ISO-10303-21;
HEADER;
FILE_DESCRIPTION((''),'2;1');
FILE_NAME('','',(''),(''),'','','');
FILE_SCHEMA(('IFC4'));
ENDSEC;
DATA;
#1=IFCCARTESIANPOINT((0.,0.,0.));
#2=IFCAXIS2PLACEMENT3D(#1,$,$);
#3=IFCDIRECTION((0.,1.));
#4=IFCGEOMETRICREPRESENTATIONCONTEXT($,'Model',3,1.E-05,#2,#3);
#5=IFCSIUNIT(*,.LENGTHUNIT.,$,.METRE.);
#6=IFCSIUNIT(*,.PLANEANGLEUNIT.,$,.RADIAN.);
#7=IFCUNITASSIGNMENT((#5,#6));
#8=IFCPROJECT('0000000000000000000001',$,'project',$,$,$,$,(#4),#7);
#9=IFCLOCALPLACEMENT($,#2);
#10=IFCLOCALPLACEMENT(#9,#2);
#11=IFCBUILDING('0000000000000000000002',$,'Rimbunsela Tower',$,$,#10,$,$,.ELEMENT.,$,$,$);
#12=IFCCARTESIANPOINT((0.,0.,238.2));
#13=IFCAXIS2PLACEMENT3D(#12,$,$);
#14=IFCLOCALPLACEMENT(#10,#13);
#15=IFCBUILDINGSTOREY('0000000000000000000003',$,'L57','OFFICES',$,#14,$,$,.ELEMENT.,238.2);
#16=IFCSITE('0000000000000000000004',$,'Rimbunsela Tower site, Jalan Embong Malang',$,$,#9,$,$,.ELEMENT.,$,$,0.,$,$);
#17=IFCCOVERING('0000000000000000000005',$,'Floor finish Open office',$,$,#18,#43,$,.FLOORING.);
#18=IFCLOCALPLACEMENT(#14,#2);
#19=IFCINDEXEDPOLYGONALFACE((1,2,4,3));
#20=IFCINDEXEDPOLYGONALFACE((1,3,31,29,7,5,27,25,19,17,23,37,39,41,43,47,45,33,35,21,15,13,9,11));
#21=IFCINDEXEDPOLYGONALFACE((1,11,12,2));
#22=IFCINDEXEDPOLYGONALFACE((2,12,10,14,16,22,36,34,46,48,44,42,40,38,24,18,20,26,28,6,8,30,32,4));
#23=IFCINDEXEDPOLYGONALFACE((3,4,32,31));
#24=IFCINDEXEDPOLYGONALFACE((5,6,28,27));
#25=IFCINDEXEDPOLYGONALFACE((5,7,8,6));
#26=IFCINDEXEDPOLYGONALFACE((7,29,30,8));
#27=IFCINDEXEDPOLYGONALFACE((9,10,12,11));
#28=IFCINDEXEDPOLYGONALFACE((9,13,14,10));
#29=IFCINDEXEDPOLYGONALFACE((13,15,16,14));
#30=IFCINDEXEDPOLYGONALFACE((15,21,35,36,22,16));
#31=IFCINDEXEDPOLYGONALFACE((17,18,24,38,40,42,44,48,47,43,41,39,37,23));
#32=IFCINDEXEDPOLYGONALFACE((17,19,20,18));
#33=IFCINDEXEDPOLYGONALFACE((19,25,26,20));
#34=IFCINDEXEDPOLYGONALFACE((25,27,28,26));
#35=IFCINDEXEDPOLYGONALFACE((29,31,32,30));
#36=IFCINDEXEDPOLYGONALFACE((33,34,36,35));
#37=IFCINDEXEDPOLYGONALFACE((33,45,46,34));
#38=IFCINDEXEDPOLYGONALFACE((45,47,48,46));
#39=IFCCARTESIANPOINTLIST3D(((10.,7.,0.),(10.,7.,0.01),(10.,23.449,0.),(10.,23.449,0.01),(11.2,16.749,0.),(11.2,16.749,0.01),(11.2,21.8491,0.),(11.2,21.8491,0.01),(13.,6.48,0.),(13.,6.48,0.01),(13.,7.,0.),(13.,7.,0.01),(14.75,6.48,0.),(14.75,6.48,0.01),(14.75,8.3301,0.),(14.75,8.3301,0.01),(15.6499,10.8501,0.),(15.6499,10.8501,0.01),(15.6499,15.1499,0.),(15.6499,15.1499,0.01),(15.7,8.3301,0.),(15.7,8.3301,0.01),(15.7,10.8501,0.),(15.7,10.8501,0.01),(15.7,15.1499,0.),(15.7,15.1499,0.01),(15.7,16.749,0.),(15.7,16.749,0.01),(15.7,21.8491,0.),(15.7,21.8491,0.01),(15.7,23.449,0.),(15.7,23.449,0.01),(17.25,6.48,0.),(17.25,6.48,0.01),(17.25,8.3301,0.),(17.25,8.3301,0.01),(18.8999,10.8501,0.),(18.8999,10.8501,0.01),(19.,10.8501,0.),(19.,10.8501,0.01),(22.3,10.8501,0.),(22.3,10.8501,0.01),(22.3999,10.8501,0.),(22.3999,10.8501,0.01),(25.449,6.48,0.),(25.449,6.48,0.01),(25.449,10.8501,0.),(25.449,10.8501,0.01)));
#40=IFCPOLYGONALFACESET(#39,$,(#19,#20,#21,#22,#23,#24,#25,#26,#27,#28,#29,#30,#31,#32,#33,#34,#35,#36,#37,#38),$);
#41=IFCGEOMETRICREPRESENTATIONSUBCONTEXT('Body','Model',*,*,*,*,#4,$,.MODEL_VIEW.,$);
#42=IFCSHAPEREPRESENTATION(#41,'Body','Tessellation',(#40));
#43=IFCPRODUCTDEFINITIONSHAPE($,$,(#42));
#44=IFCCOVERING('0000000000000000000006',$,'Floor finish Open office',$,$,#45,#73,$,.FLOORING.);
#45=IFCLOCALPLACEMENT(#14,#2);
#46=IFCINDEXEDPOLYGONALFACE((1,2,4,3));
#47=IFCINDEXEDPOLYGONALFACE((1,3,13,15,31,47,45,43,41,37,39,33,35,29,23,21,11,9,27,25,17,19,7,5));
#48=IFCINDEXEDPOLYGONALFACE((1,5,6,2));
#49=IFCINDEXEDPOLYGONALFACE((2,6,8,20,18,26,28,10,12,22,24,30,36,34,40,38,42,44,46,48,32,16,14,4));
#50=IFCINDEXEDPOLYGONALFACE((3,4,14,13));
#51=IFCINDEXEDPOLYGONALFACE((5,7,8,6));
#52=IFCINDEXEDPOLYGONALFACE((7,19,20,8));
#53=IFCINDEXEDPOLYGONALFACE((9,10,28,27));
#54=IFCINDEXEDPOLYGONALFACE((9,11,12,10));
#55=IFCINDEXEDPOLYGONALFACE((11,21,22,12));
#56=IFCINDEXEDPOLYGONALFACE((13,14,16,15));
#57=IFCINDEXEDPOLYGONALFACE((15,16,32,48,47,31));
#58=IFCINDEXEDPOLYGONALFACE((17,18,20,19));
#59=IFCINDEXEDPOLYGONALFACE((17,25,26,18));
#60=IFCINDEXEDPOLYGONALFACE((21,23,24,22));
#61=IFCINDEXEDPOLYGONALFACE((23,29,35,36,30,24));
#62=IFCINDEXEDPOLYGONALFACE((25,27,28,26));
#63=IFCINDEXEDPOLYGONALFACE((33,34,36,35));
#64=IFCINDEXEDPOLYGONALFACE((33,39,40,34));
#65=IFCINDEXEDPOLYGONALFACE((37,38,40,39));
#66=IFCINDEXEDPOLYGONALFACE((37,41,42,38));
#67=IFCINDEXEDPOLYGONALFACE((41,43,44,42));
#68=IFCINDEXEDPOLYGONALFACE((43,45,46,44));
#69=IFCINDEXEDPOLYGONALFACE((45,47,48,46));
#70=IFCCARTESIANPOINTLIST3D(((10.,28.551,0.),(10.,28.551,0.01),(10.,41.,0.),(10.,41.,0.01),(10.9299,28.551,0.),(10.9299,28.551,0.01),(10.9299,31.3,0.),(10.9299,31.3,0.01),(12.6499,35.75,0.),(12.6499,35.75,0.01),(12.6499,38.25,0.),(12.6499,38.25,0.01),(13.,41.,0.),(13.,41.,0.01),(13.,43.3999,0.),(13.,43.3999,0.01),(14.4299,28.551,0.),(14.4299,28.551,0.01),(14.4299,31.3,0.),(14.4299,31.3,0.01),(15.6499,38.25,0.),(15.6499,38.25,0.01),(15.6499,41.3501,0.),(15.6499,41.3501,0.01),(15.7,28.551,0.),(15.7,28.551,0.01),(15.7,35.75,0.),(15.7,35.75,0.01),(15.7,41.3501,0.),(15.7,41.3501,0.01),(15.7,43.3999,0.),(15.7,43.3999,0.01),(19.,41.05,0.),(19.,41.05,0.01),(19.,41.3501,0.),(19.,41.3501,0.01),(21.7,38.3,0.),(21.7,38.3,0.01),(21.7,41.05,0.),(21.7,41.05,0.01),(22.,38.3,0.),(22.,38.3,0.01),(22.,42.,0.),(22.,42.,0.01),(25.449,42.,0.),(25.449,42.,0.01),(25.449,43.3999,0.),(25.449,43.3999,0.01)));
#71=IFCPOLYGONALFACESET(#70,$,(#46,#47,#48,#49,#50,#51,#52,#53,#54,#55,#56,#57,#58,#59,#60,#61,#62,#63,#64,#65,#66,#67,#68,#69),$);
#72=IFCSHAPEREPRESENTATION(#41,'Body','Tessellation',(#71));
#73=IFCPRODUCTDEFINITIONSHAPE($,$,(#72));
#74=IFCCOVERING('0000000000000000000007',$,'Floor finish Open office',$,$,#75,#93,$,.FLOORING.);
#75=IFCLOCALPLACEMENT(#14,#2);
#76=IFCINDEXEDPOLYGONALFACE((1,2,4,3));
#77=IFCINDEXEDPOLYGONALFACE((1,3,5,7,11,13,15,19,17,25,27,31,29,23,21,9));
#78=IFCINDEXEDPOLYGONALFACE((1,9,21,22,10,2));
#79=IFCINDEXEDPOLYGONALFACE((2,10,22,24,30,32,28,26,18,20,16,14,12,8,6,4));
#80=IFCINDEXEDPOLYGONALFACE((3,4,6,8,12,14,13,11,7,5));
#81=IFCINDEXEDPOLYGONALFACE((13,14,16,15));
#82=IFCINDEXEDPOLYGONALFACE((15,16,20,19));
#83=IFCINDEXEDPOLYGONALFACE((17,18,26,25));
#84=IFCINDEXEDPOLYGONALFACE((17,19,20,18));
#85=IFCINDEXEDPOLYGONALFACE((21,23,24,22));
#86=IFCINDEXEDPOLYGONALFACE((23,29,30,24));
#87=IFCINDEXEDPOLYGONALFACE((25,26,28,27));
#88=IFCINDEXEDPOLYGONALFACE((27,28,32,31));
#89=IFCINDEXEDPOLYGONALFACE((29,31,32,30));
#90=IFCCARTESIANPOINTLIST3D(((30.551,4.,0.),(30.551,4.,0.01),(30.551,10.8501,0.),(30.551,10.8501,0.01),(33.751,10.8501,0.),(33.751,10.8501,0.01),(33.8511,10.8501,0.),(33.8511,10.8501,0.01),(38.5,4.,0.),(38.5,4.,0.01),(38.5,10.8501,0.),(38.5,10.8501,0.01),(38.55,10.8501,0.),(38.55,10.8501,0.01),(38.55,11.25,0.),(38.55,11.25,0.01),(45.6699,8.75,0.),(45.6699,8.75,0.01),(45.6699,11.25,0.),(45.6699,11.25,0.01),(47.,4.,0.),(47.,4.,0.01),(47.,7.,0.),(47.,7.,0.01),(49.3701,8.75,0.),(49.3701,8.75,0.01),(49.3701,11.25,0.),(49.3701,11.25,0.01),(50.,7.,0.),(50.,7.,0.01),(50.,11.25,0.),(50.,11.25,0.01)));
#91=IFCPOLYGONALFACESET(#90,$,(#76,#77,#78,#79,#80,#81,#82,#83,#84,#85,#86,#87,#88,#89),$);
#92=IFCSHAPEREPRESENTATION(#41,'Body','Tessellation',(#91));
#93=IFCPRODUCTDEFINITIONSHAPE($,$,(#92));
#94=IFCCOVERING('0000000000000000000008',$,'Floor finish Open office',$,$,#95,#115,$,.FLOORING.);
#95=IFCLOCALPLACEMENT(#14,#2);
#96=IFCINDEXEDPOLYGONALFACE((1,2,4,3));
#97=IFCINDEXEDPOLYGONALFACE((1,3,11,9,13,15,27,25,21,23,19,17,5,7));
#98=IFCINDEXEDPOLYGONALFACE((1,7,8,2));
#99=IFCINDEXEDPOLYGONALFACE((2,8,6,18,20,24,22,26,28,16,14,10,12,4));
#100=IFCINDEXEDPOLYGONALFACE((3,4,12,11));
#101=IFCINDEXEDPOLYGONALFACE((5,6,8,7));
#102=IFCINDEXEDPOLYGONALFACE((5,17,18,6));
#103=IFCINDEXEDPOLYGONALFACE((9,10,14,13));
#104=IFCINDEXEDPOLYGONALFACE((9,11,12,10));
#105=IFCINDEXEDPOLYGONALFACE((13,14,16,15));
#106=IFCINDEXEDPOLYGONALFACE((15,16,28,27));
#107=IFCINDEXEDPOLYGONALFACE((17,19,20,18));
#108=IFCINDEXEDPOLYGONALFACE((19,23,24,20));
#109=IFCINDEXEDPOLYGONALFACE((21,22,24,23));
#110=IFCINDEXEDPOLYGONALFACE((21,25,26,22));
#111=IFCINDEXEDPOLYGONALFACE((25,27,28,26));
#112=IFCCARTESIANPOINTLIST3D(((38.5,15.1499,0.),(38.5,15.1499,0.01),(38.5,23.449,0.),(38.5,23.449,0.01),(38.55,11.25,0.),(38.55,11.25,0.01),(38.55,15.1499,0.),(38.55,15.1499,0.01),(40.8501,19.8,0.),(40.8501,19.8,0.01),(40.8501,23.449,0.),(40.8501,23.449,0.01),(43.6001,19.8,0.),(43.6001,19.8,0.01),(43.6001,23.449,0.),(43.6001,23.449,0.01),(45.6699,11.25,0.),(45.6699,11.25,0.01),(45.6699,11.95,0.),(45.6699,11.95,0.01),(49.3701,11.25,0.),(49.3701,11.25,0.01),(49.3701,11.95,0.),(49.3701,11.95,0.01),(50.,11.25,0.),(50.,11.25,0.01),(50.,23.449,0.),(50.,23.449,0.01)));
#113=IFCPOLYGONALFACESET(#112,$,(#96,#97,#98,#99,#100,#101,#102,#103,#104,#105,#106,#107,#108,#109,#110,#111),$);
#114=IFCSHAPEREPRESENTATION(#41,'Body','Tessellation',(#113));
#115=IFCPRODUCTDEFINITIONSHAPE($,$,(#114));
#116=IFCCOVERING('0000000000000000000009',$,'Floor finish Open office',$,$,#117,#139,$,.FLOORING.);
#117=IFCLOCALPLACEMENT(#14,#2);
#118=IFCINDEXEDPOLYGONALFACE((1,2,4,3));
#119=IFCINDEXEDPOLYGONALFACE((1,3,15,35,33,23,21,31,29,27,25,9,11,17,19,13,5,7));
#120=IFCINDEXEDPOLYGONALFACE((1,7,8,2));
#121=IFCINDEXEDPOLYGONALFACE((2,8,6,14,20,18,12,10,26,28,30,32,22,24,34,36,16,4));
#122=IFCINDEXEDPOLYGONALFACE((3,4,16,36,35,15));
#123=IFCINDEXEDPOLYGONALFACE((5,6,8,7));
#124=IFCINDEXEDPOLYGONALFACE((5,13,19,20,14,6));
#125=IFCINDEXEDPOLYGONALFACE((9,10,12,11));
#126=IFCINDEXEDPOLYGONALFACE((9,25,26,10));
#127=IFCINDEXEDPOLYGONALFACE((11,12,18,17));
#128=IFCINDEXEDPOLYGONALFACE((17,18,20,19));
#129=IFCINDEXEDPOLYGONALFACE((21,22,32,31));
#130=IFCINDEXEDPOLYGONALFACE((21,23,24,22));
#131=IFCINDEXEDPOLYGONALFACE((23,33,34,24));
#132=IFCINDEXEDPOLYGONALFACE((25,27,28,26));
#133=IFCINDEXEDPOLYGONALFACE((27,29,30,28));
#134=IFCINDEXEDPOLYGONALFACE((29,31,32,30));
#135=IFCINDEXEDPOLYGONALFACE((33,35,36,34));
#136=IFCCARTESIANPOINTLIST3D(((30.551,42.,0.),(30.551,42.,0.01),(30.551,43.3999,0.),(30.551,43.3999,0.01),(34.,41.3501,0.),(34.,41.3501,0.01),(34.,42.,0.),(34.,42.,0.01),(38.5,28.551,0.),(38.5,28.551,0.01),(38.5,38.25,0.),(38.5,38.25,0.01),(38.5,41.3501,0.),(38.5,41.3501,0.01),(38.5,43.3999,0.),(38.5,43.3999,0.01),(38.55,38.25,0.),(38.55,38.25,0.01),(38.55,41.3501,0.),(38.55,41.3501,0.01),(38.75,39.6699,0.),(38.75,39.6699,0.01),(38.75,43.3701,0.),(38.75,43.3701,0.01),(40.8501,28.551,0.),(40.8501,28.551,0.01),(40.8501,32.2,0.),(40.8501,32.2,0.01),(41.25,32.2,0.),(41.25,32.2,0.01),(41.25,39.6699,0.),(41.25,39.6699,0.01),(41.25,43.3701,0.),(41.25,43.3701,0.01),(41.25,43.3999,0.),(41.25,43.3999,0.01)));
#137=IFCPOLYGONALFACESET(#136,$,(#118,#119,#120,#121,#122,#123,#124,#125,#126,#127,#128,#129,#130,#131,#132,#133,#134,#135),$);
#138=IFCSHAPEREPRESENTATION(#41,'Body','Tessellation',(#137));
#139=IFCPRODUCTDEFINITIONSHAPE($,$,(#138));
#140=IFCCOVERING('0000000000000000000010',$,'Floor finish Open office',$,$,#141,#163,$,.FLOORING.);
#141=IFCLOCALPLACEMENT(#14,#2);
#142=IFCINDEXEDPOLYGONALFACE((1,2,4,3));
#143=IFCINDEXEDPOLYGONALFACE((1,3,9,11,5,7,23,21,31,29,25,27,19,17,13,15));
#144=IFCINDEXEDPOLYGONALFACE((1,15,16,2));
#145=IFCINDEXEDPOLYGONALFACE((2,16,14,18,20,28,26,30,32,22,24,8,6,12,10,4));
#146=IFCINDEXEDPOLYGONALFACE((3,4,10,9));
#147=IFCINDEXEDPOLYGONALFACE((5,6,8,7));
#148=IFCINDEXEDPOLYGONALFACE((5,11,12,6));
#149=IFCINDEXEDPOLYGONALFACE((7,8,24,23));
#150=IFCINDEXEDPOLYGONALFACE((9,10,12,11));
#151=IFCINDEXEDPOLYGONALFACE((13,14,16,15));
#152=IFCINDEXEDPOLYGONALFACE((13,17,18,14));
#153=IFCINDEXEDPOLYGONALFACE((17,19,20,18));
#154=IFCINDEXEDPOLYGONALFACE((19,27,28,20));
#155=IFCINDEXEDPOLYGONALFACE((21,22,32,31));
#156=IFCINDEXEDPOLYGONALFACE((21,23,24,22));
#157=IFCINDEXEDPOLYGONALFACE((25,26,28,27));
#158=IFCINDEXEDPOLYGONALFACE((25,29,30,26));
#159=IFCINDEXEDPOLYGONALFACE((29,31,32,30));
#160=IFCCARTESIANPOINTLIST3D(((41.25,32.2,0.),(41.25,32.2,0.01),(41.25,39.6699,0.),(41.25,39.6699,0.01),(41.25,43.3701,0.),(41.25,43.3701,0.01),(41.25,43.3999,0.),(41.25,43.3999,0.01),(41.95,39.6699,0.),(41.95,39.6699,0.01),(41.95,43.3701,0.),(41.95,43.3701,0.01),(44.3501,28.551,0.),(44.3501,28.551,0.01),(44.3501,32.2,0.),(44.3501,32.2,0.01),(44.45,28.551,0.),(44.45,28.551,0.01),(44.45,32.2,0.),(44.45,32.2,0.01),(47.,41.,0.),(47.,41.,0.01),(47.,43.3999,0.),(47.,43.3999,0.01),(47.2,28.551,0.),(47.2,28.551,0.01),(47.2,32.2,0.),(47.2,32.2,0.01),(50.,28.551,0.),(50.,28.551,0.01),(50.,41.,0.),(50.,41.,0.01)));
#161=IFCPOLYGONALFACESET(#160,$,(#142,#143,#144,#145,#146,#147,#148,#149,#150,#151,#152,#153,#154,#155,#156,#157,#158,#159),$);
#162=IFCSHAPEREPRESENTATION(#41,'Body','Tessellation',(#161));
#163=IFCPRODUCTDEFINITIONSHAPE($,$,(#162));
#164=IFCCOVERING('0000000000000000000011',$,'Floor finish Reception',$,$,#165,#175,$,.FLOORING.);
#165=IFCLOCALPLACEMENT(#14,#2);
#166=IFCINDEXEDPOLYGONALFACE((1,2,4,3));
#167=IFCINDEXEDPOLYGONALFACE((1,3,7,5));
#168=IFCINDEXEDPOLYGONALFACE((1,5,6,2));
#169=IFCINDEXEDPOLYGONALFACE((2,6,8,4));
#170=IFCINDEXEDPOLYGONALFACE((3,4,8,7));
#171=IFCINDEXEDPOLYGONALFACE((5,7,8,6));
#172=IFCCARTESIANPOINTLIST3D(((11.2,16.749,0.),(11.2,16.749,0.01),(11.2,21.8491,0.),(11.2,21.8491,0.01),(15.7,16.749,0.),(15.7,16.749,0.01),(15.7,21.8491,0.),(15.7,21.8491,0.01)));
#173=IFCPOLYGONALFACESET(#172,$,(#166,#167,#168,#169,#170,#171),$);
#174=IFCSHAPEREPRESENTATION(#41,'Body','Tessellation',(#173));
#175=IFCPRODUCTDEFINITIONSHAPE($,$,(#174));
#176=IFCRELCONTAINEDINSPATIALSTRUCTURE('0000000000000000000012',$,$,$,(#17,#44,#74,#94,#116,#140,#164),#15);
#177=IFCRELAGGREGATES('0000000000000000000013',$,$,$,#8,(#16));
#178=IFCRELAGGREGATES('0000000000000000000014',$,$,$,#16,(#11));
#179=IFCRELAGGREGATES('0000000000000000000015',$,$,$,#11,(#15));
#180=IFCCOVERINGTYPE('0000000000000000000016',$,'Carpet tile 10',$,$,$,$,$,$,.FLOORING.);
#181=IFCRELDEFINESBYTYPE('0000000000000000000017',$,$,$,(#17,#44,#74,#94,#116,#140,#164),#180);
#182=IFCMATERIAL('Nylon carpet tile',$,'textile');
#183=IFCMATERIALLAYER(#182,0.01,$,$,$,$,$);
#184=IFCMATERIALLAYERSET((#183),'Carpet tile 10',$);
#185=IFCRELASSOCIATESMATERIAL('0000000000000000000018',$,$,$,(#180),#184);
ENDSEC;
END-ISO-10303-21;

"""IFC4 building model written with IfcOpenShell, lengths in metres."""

from ifc_helpers import new_model, si_unit, direction, frame, origin, place, context, subcontext, project, spatial, polyline, outline, extrude, material, layer, layer_set, type_object, element, save


model = new_model("IFC4")

# Units and contexts
model_context = context("Model", 3, precision=1e-05, world=origin(), true_north=direction((0.0, 1.0)))
body_context = subcontext(model_context, "Body", "Model", "MODEL_VIEW")
ifc_project = project(units=[si_unit("LENGTHUNIT", "METRE"), si_unit("PLANEANGLEUNIT", "RADIAN")], contexts=[model_context])

# Site, building, storey
site_placement = place(None, origin())
site = spatial("IfcSite", under=ifc_project, at=site_placement, Name="Rimbunsela Tower site, Jalan Embong Malang", CompositionType="ELEMENT", RefElevation=0.0)
building_placement = place(site_placement, origin())
building = spatial("IfcBuilding", under=site, at=building_placement, Name="Rimbunsela Tower", CompositionType="ELEMENT")
storey_placement = place(building_placement, frame((0.0, 0.0, 238.2)))
storey = spatial("IfcBuildingStorey", under=building, at=storey_placement, Name="L57", Description="OFFICES", CompositionType="ELEMENT", Elevation=238.2)

# Coverings
ifc_material_1 = material(Name="Nylon carpet tile", Category="textile")
ifc_layer_1 = layer(ifc_material_1, 0.01)
ifc_layer_set_1 = layer_set([ifc_layer_1], Name="Carpet tile 10")
covering_type_1 = type_object("IfcCoveringType", Name="Carpet tile 10", PredefinedType="FLOORING", material=ifc_layer_set_1)
covering_1_placement = place(storey_placement, origin())
element("IfcCovering", 1, at=covering_1_placement, inside=storey, type_object=covering_type_1, Name="Floor finish Open office", PredefinedType="FLOORING", context=body_context, shape_type="SweptSolid", body=[
    extrude(outline(polyline([(19.0, 10.8501), (22.3, 10.8501), (22.3999, 10.8501), (25.449, 10.8501), (25.449, 6.48), (17.25, 6.48), (17.25, 8.3301), (15.7, 8.3301), (14.75, 8.3301), (14.75, 6.48), (13.0, 6.48), (13.0, 7.0), (10.0, 7.0), (10.0, 23.449), (15.7, 23.449), (15.7, 21.8491), (11.2, 21.8491), (11.2, 16.749), (15.7, 16.749), (15.7, 15.1499), (15.6499, 15.1499), (15.6499, 10.8501), (15.7, 10.8501), (18.8999, 10.8501), (19.0, 10.8501)])), origin(), (0.0, 0.0, 1.0), 0.01),
])
covering_2_placement = place(storey_placement, origin())
element("IfcCovering", 2, at=covering_2_placement, inside=storey, type_object=covering_type_1, Name="Floor finish Open office", PredefinedType="FLOORING", context=body_context, shape_type="SweptSolid", body=[
    extrude(outline(polyline([(15.6499, 38.25), (12.6499, 38.25), (12.6499, 35.75), (15.7, 35.75), (15.7, 28.551), (14.4299, 28.551), (14.4299, 31.3), (10.9299, 31.3), (10.9299, 28.551), (10.0, 28.551), (10.0, 41.0), (13.0, 41.0), (13.0, 43.3999), (15.7, 43.3999), (25.449, 43.3999), (25.449, 42.0), (22.0, 42.0), (22.0, 38.3), (21.7, 38.3), (21.7, 41.05), (19.0, 41.05), (19.0, 41.3501), (15.7, 41.3501), (15.6499, 41.3501), (15.6499, 38.25)])), origin(), (0.0, 0.0, 1.0), 0.01),
])
covering_3_placement = place(storey_placement, origin())
element("IfcCovering", 3, at=covering_3_placement, inside=storey, type_object=covering_type_1, Name="Floor finish Open office", PredefinedType="FLOORING", context=body_context, shape_type="SweptSolid", body=[
    extrude(outline(polyline([(30.551, 10.8501), (33.751, 10.8501), (33.8511, 10.8501), (38.5, 10.8501), (38.55, 10.8501), (38.55, 11.25), (45.6699, 11.25), (45.6699, 8.75), (49.3701, 8.75), (49.3701, 11.25), (50.0, 11.25), (50.0, 7.0), (47.0, 7.0), (47.0, 4.0), (38.5, 4.0), (30.551, 4.0), (30.551, 10.8501)])), origin(), (0.0, 0.0, 1.0), 0.01),
])
covering_4_placement = place(storey_placement, origin())
element("IfcCovering", 4, at=covering_4_placement, inside=storey, type_object=covering_type_1, Name="Floor finish Open office", PredefinedType="FLOORING", context=body_context, shape_type="SweptSolid", body=[
    extrude(outline(polyline([(38.55, 11.25), (38.55, 15.1499), (38.5, 15.1499), (38.5, 23.449), (40.8501, 23.449), (40.8501, 19.8), (43.6001, 19.8), (43.6001, 23.449), (50.0, 23.449), (50.0, 11.25), (49.3701, 11.25), (49.3701, 11.95), (45.6699, 11.95), (45.6699, 11.25), (38.55, 11.25)])), origin(), (0.0, 0.0, 1.0), 0.01),
])
covering_5_placement = place(storey_placement, origin())
element("IfcCovering", 5, at=covering_5_placement, inside=storey, type_object=covering_type_1, Name="Floor finish Open office", PredefinedType="FLOORING", context=body_context, shape_type="SweptSolid", body=[
    extrude(outline(polyline([(41.25, 32.2), (40.8501, 32.2), (40.8501, 28.551), (38.5, 28.551), (38.5, 38.25), (38.55, 38.25), (38.55, 41.3501), (38.5, 41.3501), (34.0, 41.3501), (34.0, 42.0), (30.551, 42.0), (30.551, 43.3999), (38.5, 43.3999), (41.25, 43.3999), (41.25, 43.3701), (38.75, 43.3701), (38.75, 39.6699), (41.25, 39.6699), (41.25, 32.2)])), origin(), (0.0, 0.0, 1.0), 0.01),
])
covering_6_placement = place(storey_placement, origin())
element("IfcCovering", 6, at=covering_6_placement, inside=storey, type_object=covering_type_1, Name="Floor finish Open office", PredefinedType="FLOORING", context=body_context, shape_type="SweptSolid", body=[
    extrude(outline(polyline([(47.0, 41.0), (50.0, 41.0), (50.0, 28.551), (47.2, 28.551), (47.2, 32.2), (44.45, 32.2), (44.45, 28.551), (44.3501, 28.551), (44.3501, 32.2), (41.25, 32.2), (41.25, 39.6699), (41.95, 39.6699), (41.95, 43.3701), (41.25, 43.3701), (41.25, 43.3999), (47.0, 43.3999), (47.0, 41.0)])), origin(), (0.0, 0.0, 1.0), 0.01),
])
covering_7_placement = place(storey_placement, origin())
element("IfcCovering", 7, at=covering_7_placement, inside=storey, type_object=covering_type_1, Name="Floor finish Reception", PredefinedType="FLOORING", context=body_context, shape_type="SweptSolid", body=[
    extrude(outline(polyline([(15.7, 16.749), (15.7, 21.8491), (11.2, 21.8491), (11.2, 16.749), (15.7, 16.749)])), origin(), (0.0, 0.0, 1.0), 0.01),
])

save(model, "model.ifc")
